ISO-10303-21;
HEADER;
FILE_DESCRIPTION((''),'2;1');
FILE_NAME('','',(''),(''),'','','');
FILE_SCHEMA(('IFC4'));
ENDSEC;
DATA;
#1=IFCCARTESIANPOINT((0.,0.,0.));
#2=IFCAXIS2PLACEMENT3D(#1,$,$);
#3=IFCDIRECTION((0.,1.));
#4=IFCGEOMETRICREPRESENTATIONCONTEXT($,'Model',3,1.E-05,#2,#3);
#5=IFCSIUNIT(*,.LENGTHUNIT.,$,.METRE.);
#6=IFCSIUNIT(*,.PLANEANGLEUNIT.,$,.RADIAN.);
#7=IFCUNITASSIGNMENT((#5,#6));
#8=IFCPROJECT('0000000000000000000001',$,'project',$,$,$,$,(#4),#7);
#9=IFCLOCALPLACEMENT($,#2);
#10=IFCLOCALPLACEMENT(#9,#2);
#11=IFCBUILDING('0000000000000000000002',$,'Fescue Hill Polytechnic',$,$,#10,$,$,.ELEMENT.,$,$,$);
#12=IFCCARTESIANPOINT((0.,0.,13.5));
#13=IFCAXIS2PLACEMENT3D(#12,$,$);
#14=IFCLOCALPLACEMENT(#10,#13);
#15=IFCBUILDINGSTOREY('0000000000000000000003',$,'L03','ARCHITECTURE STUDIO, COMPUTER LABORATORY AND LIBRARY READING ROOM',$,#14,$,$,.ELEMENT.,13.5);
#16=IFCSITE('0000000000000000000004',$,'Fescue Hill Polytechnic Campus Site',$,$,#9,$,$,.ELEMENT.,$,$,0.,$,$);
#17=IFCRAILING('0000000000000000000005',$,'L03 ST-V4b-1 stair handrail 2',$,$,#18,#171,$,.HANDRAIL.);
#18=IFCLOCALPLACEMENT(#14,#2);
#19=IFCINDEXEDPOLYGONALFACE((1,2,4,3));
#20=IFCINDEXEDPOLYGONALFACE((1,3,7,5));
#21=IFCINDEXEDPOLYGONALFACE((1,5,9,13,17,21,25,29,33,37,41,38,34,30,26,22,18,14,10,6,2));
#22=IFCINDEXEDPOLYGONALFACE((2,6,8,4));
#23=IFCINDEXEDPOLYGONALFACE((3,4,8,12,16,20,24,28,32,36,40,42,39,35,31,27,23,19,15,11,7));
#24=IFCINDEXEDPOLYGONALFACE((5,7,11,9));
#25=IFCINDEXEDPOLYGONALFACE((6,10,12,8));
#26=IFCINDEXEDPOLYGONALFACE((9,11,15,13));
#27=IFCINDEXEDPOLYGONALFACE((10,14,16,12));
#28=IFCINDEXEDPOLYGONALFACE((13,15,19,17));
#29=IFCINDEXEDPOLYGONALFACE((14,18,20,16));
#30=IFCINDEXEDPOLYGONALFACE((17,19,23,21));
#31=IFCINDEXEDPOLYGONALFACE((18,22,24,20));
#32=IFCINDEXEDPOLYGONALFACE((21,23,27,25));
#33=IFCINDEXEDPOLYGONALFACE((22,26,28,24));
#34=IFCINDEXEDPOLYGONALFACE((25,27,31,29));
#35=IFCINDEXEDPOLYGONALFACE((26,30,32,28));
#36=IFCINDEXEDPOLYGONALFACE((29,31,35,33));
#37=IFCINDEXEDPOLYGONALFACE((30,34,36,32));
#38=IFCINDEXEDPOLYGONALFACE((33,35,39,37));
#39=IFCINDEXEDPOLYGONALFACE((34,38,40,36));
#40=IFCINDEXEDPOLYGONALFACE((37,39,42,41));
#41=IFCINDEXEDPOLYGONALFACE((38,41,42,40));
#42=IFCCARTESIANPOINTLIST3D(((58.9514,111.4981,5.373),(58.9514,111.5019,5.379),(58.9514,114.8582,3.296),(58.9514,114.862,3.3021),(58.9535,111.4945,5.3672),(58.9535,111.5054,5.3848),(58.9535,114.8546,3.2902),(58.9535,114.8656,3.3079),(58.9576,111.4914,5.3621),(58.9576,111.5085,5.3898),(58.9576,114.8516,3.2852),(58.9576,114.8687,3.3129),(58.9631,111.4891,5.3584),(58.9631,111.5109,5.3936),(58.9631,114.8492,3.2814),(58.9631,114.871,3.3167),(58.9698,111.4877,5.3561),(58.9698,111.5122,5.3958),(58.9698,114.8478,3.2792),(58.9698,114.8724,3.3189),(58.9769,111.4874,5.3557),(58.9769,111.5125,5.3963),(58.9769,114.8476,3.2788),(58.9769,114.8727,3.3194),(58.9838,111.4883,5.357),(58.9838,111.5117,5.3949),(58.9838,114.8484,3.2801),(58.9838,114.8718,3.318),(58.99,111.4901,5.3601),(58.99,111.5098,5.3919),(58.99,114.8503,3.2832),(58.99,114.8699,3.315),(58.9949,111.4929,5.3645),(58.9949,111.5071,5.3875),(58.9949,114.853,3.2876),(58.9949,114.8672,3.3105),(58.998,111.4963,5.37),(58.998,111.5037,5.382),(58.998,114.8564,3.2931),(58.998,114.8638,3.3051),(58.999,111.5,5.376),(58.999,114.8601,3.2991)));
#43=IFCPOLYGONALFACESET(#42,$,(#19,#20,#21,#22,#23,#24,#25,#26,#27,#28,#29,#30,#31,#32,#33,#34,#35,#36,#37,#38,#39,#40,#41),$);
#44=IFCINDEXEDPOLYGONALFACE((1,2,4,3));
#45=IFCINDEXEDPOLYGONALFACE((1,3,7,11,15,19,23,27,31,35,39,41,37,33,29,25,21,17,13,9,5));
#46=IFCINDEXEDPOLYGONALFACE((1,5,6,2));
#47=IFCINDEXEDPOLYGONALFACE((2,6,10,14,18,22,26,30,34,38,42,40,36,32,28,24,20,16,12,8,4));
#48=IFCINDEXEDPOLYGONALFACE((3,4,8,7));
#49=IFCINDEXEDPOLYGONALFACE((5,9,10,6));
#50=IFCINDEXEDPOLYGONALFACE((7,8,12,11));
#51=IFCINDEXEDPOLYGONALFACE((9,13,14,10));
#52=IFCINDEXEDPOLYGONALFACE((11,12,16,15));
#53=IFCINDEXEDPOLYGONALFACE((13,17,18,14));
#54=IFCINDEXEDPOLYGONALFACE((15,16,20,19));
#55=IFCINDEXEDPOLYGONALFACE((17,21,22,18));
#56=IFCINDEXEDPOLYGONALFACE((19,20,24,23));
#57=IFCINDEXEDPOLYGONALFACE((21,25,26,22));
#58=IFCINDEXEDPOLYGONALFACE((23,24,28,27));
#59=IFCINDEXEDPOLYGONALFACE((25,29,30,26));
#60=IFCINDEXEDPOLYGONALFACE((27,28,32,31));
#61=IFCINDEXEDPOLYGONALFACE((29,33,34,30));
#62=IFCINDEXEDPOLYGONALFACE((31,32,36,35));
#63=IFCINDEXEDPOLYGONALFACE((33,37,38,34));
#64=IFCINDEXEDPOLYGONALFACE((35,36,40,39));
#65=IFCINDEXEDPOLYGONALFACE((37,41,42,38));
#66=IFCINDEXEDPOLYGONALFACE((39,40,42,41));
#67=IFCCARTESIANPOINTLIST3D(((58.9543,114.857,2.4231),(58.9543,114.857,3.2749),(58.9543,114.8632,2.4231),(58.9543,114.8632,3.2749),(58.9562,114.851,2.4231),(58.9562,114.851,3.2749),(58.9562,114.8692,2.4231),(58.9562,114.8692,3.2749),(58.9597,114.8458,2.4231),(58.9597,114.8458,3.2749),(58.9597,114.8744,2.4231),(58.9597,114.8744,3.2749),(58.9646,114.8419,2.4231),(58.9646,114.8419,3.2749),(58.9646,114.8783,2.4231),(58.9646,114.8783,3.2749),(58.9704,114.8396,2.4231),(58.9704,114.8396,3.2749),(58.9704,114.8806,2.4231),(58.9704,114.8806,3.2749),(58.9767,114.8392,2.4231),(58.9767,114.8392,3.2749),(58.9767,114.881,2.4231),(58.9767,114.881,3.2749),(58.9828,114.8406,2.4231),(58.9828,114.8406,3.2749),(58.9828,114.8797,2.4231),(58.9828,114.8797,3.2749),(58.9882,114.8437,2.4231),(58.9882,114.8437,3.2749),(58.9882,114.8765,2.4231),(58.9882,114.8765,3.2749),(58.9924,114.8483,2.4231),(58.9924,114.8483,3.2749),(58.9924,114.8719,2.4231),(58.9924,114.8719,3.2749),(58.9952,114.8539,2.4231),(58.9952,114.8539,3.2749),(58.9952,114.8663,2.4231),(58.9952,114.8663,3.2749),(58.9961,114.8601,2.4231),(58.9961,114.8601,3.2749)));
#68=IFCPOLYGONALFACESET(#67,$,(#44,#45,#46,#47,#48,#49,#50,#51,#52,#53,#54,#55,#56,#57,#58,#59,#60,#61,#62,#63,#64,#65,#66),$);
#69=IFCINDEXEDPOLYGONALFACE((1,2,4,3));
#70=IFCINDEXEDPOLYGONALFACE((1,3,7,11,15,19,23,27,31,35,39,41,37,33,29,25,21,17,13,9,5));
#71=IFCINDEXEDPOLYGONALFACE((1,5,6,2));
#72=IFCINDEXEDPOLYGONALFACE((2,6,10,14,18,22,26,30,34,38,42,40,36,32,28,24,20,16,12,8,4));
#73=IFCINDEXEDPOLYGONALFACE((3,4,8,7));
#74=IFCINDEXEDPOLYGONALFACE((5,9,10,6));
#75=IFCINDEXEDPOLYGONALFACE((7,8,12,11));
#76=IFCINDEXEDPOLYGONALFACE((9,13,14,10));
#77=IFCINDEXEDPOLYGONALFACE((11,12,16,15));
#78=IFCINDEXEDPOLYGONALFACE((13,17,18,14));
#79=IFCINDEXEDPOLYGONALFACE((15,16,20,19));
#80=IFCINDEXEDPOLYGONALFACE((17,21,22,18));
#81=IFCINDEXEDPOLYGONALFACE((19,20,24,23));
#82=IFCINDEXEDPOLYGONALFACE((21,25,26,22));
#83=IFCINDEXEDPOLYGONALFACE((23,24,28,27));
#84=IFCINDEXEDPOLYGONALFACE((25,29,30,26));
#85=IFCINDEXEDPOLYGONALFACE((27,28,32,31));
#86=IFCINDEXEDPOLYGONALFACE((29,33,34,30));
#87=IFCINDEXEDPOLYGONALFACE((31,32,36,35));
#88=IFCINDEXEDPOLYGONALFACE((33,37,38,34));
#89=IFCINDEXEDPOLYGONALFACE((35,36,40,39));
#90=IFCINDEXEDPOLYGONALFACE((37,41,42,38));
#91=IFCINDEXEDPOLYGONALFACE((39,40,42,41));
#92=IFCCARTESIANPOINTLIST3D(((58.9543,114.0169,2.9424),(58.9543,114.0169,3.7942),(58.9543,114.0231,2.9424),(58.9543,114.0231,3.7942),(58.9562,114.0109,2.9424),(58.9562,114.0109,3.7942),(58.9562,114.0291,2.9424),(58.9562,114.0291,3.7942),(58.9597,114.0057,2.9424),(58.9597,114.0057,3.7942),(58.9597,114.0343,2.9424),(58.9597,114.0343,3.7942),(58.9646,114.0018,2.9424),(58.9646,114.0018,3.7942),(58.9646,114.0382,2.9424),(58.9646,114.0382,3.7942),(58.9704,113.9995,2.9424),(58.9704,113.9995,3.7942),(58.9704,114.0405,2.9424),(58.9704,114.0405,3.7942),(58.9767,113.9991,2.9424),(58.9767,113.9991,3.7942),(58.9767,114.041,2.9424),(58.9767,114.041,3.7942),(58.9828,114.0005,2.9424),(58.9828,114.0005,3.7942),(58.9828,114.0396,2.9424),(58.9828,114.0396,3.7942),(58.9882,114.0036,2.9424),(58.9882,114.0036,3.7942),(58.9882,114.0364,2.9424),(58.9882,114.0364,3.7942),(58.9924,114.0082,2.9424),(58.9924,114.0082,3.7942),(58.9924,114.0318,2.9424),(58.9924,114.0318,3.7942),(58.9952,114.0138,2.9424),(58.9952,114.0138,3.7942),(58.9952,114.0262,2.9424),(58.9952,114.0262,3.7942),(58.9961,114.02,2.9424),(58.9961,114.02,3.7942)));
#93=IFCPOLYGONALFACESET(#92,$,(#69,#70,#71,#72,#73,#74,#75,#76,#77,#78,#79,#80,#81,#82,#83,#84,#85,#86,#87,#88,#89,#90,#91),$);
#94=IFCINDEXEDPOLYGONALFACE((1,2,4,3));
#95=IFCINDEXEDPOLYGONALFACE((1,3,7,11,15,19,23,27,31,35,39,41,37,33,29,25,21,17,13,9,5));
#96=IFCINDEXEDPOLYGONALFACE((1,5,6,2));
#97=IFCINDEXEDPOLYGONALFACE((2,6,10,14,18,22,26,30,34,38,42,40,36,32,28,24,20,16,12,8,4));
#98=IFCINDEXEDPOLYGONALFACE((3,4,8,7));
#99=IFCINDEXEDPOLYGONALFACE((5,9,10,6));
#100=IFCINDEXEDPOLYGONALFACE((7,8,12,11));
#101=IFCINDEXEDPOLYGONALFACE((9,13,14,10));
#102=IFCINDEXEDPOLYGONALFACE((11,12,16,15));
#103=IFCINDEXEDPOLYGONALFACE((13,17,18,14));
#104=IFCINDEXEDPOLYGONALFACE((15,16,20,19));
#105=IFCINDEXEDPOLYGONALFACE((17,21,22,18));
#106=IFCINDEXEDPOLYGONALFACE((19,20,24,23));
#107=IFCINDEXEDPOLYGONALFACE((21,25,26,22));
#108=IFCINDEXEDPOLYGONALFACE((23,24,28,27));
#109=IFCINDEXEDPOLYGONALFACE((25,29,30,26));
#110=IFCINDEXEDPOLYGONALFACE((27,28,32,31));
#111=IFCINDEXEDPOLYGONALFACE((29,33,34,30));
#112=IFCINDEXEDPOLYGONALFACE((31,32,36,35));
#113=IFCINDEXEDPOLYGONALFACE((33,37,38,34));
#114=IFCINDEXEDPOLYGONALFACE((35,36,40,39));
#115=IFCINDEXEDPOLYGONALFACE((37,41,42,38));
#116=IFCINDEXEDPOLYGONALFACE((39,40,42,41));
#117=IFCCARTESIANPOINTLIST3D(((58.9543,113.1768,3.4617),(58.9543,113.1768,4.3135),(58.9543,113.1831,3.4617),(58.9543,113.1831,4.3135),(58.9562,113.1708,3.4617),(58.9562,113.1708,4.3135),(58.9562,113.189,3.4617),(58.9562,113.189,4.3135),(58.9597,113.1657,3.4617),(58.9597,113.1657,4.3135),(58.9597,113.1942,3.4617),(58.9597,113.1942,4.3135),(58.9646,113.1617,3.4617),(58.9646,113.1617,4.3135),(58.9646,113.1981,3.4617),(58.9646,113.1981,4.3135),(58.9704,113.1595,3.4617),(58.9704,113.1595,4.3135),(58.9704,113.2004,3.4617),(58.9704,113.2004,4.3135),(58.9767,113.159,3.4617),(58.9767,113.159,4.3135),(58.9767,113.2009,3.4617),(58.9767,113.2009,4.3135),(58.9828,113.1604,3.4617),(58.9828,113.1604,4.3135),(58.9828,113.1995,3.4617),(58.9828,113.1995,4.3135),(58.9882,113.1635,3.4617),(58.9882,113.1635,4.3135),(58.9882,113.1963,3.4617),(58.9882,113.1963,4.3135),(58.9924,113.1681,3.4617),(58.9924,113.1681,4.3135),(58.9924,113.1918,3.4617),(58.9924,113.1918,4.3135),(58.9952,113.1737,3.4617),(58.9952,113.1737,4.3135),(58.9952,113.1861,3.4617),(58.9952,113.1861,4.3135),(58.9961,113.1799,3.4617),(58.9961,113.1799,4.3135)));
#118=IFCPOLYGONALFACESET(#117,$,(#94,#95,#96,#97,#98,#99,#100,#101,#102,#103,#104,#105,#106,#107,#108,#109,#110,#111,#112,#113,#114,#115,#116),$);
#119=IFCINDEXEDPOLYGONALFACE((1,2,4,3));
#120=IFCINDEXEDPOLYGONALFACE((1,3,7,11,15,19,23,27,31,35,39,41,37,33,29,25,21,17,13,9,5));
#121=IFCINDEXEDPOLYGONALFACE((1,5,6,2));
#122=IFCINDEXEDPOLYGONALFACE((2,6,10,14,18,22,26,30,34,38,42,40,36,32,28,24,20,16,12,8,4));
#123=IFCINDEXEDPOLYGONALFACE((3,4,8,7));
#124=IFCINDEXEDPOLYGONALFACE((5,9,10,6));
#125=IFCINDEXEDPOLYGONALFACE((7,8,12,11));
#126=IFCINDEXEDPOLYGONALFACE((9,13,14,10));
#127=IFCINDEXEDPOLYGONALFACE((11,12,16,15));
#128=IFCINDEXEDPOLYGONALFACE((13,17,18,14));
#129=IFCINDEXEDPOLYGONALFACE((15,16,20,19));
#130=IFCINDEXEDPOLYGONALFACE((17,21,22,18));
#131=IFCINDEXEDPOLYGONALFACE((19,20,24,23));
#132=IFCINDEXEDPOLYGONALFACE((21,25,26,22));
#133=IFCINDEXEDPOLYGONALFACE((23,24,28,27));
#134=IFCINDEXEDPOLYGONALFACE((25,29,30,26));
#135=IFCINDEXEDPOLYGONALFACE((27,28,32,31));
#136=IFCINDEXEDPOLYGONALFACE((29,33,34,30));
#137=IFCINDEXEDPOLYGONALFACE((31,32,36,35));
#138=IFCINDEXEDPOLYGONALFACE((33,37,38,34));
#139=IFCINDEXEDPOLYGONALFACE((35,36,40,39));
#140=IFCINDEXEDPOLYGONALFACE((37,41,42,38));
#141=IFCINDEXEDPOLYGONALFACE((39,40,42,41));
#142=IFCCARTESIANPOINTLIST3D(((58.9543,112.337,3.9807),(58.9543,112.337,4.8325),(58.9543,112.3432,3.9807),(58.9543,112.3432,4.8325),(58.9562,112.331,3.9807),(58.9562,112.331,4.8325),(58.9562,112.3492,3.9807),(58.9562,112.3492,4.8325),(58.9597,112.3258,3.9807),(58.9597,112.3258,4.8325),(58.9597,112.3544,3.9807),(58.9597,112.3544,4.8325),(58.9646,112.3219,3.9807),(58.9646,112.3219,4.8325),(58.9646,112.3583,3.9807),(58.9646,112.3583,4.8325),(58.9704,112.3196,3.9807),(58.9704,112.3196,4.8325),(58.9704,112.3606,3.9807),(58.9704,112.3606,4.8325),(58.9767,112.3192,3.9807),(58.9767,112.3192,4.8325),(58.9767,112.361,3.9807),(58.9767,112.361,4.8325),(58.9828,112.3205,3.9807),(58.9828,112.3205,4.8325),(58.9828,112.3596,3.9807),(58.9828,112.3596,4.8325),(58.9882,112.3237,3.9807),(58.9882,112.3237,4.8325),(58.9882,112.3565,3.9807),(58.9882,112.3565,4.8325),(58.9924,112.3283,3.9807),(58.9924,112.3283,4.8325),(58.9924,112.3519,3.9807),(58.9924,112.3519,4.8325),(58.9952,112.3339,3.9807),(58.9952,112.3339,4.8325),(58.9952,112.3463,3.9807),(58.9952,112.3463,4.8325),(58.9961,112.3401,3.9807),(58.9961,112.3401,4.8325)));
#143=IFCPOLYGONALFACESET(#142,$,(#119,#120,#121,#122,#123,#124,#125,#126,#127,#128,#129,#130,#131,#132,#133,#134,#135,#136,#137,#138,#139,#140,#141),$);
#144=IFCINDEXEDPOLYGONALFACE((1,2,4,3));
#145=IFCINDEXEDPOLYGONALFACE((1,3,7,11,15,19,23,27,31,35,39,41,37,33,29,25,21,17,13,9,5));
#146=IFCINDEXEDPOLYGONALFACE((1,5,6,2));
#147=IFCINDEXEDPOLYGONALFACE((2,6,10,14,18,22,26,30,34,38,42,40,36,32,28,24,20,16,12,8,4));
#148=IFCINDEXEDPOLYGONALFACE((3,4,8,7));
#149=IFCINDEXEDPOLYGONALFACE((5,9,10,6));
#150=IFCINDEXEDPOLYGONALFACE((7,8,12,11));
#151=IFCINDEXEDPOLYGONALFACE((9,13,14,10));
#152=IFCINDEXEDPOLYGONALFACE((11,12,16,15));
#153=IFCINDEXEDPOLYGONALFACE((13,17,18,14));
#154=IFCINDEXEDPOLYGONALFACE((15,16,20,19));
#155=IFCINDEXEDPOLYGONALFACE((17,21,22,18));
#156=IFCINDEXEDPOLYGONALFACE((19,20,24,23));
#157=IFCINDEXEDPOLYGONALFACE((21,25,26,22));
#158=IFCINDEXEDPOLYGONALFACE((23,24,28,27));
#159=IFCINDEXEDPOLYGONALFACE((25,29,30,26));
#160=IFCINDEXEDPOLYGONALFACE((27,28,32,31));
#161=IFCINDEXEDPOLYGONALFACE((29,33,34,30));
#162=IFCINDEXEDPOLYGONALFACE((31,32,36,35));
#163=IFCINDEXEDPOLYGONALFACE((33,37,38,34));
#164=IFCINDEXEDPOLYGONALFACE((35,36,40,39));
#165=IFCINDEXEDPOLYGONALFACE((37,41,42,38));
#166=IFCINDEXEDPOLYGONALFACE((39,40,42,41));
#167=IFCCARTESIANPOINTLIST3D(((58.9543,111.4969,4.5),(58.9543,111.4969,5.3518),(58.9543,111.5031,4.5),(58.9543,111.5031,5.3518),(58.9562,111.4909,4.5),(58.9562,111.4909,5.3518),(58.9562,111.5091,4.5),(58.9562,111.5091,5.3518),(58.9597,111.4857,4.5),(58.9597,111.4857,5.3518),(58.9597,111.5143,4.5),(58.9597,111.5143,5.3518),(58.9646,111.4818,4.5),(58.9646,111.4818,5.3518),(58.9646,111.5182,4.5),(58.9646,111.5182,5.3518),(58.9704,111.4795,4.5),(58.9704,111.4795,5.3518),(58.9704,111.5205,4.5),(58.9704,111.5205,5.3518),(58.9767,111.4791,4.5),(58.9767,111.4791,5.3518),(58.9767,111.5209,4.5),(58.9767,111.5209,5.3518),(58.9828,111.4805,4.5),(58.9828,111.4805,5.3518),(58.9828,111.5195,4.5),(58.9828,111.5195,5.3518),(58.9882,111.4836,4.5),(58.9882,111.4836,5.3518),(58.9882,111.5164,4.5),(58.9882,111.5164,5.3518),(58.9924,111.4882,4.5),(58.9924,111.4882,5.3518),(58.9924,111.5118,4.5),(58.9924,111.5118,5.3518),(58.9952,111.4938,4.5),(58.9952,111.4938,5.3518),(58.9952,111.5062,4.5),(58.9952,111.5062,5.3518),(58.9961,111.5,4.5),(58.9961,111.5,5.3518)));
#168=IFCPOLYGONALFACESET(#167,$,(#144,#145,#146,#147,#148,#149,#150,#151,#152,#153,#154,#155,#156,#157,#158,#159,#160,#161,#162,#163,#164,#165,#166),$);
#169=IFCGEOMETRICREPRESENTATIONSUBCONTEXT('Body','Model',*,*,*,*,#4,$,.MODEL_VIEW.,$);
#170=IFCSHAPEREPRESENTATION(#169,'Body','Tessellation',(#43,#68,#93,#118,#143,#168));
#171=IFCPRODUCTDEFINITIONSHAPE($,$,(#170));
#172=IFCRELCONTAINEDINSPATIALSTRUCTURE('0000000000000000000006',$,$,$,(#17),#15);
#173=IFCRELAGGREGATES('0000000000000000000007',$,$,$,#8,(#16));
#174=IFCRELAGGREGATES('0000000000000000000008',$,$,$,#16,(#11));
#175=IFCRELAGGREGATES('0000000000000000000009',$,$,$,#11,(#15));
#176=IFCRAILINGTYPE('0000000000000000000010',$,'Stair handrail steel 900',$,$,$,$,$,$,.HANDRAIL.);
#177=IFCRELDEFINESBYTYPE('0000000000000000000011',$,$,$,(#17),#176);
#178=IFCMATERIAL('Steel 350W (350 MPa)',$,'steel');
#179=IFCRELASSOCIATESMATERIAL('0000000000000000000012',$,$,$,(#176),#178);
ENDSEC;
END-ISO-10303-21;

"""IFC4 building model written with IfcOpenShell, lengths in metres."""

from ifc_helpers import new_model, si_unit, direction, frame, origin, origin_2d, place, context, subcontext, project, spatial, circle, extrude, material, type_object, element, save


model = new_model("IFC4")

# Units and contexts
model_context = context("Model", 3, precision=1e-05, world=origin(), true_north=direction((0.0, 1.0)))
body_context = subcontext(model_context, "Body", "Model", "MODEL_VIEW")
ifc_project = project(units=[si_unit("LENGTHUNIT", "METRE"), si_unit("PLANEANGLEUNIT", "RADIAN")], contexts=[model_context])

# Site, building, storey
site_placement = place(None, origin())
site = spatial("IfcSite", under=ifc_project, at=site_placement, Name="Fescue Hill Polytechnic Campus Site", CompositionType="ELEMENT", RefElevation=0.0)
building_placement = place(site_placement, origin())
building = spatial("IfcBuilding", under=site, at=building_placement, Name="Fescue Hill Polytechnic", CompositionType="ELEMENT")
storey_placement = place(building_placement, frame((0.0, 0.0, 13.5)))
storey = spatial("IfcBuildingStorey", under=building, at=storey_placement, Name="L03", Description="ARCHITECTURE STUDIO, COMPUTER LABORATORY AND LIBRARY READING ROOM", CompositionType="ELEMENT", Elevation=13.5)

# Railing
ifc_material_1 = material(Name="Steel 350W (350 MPa)", Category="steel")
railing_type_1 = type_object("IfcRailingType", Name="Stair handrail steel 900", PredefinedType="HANDRAIL", material=ifc_material_1)
railing_1_placement = place(storey_placement, frame((58.9751, 114.8601, 2.4231)))
element("IfcRailing", 1, at=railing_1_placement, inside=storey, type_object=railing_type_1, Name="L03 ST-V4b-1 stair handrail 2", PredefinedType="HANDRAIL", context=body_context, shape_type="SweptSolid", body=[
    extrude(circle(Radius=0.0239, at=origin_2d()), frame((0.0, 0.0, 0.876), z_axis=(0.0, -0.850623, 0.525776), x_axis=(1.0, 0.0, 0.0)), (0.0, 0.0, 1.0), 3.9502),
    extrude(circle(Radius=0.021, at=origin_2d()), origin(), (0.0, 0.0, 1.0), 0.8518),
    extrude(circle(Radius=0.021, at=origin_2d()), frame((0.0, -0.8401, 0.5193)), (0.0, 0.0, 1.0), 0.8518),
    extrude(circle(Radius=0.021, at=origin_2d()), frame((0.0, -1.6802, 1.0386)), (0.0, 0.0, 1.0), 0.8518),
    extrude(circle(Radius=0.021, at=origin_2d()), frame((0.0, -2.52, 1.5576)), (0.0, 0.0, 1.0), 0.8518),
    extrude(circle(Radius=0.021, at=origin_2d()), frame((0.0, -3.3601, 2.0769)), (0.0, 0.0, 1.0), 0.8518),
])

save(model, "model.ifc")
